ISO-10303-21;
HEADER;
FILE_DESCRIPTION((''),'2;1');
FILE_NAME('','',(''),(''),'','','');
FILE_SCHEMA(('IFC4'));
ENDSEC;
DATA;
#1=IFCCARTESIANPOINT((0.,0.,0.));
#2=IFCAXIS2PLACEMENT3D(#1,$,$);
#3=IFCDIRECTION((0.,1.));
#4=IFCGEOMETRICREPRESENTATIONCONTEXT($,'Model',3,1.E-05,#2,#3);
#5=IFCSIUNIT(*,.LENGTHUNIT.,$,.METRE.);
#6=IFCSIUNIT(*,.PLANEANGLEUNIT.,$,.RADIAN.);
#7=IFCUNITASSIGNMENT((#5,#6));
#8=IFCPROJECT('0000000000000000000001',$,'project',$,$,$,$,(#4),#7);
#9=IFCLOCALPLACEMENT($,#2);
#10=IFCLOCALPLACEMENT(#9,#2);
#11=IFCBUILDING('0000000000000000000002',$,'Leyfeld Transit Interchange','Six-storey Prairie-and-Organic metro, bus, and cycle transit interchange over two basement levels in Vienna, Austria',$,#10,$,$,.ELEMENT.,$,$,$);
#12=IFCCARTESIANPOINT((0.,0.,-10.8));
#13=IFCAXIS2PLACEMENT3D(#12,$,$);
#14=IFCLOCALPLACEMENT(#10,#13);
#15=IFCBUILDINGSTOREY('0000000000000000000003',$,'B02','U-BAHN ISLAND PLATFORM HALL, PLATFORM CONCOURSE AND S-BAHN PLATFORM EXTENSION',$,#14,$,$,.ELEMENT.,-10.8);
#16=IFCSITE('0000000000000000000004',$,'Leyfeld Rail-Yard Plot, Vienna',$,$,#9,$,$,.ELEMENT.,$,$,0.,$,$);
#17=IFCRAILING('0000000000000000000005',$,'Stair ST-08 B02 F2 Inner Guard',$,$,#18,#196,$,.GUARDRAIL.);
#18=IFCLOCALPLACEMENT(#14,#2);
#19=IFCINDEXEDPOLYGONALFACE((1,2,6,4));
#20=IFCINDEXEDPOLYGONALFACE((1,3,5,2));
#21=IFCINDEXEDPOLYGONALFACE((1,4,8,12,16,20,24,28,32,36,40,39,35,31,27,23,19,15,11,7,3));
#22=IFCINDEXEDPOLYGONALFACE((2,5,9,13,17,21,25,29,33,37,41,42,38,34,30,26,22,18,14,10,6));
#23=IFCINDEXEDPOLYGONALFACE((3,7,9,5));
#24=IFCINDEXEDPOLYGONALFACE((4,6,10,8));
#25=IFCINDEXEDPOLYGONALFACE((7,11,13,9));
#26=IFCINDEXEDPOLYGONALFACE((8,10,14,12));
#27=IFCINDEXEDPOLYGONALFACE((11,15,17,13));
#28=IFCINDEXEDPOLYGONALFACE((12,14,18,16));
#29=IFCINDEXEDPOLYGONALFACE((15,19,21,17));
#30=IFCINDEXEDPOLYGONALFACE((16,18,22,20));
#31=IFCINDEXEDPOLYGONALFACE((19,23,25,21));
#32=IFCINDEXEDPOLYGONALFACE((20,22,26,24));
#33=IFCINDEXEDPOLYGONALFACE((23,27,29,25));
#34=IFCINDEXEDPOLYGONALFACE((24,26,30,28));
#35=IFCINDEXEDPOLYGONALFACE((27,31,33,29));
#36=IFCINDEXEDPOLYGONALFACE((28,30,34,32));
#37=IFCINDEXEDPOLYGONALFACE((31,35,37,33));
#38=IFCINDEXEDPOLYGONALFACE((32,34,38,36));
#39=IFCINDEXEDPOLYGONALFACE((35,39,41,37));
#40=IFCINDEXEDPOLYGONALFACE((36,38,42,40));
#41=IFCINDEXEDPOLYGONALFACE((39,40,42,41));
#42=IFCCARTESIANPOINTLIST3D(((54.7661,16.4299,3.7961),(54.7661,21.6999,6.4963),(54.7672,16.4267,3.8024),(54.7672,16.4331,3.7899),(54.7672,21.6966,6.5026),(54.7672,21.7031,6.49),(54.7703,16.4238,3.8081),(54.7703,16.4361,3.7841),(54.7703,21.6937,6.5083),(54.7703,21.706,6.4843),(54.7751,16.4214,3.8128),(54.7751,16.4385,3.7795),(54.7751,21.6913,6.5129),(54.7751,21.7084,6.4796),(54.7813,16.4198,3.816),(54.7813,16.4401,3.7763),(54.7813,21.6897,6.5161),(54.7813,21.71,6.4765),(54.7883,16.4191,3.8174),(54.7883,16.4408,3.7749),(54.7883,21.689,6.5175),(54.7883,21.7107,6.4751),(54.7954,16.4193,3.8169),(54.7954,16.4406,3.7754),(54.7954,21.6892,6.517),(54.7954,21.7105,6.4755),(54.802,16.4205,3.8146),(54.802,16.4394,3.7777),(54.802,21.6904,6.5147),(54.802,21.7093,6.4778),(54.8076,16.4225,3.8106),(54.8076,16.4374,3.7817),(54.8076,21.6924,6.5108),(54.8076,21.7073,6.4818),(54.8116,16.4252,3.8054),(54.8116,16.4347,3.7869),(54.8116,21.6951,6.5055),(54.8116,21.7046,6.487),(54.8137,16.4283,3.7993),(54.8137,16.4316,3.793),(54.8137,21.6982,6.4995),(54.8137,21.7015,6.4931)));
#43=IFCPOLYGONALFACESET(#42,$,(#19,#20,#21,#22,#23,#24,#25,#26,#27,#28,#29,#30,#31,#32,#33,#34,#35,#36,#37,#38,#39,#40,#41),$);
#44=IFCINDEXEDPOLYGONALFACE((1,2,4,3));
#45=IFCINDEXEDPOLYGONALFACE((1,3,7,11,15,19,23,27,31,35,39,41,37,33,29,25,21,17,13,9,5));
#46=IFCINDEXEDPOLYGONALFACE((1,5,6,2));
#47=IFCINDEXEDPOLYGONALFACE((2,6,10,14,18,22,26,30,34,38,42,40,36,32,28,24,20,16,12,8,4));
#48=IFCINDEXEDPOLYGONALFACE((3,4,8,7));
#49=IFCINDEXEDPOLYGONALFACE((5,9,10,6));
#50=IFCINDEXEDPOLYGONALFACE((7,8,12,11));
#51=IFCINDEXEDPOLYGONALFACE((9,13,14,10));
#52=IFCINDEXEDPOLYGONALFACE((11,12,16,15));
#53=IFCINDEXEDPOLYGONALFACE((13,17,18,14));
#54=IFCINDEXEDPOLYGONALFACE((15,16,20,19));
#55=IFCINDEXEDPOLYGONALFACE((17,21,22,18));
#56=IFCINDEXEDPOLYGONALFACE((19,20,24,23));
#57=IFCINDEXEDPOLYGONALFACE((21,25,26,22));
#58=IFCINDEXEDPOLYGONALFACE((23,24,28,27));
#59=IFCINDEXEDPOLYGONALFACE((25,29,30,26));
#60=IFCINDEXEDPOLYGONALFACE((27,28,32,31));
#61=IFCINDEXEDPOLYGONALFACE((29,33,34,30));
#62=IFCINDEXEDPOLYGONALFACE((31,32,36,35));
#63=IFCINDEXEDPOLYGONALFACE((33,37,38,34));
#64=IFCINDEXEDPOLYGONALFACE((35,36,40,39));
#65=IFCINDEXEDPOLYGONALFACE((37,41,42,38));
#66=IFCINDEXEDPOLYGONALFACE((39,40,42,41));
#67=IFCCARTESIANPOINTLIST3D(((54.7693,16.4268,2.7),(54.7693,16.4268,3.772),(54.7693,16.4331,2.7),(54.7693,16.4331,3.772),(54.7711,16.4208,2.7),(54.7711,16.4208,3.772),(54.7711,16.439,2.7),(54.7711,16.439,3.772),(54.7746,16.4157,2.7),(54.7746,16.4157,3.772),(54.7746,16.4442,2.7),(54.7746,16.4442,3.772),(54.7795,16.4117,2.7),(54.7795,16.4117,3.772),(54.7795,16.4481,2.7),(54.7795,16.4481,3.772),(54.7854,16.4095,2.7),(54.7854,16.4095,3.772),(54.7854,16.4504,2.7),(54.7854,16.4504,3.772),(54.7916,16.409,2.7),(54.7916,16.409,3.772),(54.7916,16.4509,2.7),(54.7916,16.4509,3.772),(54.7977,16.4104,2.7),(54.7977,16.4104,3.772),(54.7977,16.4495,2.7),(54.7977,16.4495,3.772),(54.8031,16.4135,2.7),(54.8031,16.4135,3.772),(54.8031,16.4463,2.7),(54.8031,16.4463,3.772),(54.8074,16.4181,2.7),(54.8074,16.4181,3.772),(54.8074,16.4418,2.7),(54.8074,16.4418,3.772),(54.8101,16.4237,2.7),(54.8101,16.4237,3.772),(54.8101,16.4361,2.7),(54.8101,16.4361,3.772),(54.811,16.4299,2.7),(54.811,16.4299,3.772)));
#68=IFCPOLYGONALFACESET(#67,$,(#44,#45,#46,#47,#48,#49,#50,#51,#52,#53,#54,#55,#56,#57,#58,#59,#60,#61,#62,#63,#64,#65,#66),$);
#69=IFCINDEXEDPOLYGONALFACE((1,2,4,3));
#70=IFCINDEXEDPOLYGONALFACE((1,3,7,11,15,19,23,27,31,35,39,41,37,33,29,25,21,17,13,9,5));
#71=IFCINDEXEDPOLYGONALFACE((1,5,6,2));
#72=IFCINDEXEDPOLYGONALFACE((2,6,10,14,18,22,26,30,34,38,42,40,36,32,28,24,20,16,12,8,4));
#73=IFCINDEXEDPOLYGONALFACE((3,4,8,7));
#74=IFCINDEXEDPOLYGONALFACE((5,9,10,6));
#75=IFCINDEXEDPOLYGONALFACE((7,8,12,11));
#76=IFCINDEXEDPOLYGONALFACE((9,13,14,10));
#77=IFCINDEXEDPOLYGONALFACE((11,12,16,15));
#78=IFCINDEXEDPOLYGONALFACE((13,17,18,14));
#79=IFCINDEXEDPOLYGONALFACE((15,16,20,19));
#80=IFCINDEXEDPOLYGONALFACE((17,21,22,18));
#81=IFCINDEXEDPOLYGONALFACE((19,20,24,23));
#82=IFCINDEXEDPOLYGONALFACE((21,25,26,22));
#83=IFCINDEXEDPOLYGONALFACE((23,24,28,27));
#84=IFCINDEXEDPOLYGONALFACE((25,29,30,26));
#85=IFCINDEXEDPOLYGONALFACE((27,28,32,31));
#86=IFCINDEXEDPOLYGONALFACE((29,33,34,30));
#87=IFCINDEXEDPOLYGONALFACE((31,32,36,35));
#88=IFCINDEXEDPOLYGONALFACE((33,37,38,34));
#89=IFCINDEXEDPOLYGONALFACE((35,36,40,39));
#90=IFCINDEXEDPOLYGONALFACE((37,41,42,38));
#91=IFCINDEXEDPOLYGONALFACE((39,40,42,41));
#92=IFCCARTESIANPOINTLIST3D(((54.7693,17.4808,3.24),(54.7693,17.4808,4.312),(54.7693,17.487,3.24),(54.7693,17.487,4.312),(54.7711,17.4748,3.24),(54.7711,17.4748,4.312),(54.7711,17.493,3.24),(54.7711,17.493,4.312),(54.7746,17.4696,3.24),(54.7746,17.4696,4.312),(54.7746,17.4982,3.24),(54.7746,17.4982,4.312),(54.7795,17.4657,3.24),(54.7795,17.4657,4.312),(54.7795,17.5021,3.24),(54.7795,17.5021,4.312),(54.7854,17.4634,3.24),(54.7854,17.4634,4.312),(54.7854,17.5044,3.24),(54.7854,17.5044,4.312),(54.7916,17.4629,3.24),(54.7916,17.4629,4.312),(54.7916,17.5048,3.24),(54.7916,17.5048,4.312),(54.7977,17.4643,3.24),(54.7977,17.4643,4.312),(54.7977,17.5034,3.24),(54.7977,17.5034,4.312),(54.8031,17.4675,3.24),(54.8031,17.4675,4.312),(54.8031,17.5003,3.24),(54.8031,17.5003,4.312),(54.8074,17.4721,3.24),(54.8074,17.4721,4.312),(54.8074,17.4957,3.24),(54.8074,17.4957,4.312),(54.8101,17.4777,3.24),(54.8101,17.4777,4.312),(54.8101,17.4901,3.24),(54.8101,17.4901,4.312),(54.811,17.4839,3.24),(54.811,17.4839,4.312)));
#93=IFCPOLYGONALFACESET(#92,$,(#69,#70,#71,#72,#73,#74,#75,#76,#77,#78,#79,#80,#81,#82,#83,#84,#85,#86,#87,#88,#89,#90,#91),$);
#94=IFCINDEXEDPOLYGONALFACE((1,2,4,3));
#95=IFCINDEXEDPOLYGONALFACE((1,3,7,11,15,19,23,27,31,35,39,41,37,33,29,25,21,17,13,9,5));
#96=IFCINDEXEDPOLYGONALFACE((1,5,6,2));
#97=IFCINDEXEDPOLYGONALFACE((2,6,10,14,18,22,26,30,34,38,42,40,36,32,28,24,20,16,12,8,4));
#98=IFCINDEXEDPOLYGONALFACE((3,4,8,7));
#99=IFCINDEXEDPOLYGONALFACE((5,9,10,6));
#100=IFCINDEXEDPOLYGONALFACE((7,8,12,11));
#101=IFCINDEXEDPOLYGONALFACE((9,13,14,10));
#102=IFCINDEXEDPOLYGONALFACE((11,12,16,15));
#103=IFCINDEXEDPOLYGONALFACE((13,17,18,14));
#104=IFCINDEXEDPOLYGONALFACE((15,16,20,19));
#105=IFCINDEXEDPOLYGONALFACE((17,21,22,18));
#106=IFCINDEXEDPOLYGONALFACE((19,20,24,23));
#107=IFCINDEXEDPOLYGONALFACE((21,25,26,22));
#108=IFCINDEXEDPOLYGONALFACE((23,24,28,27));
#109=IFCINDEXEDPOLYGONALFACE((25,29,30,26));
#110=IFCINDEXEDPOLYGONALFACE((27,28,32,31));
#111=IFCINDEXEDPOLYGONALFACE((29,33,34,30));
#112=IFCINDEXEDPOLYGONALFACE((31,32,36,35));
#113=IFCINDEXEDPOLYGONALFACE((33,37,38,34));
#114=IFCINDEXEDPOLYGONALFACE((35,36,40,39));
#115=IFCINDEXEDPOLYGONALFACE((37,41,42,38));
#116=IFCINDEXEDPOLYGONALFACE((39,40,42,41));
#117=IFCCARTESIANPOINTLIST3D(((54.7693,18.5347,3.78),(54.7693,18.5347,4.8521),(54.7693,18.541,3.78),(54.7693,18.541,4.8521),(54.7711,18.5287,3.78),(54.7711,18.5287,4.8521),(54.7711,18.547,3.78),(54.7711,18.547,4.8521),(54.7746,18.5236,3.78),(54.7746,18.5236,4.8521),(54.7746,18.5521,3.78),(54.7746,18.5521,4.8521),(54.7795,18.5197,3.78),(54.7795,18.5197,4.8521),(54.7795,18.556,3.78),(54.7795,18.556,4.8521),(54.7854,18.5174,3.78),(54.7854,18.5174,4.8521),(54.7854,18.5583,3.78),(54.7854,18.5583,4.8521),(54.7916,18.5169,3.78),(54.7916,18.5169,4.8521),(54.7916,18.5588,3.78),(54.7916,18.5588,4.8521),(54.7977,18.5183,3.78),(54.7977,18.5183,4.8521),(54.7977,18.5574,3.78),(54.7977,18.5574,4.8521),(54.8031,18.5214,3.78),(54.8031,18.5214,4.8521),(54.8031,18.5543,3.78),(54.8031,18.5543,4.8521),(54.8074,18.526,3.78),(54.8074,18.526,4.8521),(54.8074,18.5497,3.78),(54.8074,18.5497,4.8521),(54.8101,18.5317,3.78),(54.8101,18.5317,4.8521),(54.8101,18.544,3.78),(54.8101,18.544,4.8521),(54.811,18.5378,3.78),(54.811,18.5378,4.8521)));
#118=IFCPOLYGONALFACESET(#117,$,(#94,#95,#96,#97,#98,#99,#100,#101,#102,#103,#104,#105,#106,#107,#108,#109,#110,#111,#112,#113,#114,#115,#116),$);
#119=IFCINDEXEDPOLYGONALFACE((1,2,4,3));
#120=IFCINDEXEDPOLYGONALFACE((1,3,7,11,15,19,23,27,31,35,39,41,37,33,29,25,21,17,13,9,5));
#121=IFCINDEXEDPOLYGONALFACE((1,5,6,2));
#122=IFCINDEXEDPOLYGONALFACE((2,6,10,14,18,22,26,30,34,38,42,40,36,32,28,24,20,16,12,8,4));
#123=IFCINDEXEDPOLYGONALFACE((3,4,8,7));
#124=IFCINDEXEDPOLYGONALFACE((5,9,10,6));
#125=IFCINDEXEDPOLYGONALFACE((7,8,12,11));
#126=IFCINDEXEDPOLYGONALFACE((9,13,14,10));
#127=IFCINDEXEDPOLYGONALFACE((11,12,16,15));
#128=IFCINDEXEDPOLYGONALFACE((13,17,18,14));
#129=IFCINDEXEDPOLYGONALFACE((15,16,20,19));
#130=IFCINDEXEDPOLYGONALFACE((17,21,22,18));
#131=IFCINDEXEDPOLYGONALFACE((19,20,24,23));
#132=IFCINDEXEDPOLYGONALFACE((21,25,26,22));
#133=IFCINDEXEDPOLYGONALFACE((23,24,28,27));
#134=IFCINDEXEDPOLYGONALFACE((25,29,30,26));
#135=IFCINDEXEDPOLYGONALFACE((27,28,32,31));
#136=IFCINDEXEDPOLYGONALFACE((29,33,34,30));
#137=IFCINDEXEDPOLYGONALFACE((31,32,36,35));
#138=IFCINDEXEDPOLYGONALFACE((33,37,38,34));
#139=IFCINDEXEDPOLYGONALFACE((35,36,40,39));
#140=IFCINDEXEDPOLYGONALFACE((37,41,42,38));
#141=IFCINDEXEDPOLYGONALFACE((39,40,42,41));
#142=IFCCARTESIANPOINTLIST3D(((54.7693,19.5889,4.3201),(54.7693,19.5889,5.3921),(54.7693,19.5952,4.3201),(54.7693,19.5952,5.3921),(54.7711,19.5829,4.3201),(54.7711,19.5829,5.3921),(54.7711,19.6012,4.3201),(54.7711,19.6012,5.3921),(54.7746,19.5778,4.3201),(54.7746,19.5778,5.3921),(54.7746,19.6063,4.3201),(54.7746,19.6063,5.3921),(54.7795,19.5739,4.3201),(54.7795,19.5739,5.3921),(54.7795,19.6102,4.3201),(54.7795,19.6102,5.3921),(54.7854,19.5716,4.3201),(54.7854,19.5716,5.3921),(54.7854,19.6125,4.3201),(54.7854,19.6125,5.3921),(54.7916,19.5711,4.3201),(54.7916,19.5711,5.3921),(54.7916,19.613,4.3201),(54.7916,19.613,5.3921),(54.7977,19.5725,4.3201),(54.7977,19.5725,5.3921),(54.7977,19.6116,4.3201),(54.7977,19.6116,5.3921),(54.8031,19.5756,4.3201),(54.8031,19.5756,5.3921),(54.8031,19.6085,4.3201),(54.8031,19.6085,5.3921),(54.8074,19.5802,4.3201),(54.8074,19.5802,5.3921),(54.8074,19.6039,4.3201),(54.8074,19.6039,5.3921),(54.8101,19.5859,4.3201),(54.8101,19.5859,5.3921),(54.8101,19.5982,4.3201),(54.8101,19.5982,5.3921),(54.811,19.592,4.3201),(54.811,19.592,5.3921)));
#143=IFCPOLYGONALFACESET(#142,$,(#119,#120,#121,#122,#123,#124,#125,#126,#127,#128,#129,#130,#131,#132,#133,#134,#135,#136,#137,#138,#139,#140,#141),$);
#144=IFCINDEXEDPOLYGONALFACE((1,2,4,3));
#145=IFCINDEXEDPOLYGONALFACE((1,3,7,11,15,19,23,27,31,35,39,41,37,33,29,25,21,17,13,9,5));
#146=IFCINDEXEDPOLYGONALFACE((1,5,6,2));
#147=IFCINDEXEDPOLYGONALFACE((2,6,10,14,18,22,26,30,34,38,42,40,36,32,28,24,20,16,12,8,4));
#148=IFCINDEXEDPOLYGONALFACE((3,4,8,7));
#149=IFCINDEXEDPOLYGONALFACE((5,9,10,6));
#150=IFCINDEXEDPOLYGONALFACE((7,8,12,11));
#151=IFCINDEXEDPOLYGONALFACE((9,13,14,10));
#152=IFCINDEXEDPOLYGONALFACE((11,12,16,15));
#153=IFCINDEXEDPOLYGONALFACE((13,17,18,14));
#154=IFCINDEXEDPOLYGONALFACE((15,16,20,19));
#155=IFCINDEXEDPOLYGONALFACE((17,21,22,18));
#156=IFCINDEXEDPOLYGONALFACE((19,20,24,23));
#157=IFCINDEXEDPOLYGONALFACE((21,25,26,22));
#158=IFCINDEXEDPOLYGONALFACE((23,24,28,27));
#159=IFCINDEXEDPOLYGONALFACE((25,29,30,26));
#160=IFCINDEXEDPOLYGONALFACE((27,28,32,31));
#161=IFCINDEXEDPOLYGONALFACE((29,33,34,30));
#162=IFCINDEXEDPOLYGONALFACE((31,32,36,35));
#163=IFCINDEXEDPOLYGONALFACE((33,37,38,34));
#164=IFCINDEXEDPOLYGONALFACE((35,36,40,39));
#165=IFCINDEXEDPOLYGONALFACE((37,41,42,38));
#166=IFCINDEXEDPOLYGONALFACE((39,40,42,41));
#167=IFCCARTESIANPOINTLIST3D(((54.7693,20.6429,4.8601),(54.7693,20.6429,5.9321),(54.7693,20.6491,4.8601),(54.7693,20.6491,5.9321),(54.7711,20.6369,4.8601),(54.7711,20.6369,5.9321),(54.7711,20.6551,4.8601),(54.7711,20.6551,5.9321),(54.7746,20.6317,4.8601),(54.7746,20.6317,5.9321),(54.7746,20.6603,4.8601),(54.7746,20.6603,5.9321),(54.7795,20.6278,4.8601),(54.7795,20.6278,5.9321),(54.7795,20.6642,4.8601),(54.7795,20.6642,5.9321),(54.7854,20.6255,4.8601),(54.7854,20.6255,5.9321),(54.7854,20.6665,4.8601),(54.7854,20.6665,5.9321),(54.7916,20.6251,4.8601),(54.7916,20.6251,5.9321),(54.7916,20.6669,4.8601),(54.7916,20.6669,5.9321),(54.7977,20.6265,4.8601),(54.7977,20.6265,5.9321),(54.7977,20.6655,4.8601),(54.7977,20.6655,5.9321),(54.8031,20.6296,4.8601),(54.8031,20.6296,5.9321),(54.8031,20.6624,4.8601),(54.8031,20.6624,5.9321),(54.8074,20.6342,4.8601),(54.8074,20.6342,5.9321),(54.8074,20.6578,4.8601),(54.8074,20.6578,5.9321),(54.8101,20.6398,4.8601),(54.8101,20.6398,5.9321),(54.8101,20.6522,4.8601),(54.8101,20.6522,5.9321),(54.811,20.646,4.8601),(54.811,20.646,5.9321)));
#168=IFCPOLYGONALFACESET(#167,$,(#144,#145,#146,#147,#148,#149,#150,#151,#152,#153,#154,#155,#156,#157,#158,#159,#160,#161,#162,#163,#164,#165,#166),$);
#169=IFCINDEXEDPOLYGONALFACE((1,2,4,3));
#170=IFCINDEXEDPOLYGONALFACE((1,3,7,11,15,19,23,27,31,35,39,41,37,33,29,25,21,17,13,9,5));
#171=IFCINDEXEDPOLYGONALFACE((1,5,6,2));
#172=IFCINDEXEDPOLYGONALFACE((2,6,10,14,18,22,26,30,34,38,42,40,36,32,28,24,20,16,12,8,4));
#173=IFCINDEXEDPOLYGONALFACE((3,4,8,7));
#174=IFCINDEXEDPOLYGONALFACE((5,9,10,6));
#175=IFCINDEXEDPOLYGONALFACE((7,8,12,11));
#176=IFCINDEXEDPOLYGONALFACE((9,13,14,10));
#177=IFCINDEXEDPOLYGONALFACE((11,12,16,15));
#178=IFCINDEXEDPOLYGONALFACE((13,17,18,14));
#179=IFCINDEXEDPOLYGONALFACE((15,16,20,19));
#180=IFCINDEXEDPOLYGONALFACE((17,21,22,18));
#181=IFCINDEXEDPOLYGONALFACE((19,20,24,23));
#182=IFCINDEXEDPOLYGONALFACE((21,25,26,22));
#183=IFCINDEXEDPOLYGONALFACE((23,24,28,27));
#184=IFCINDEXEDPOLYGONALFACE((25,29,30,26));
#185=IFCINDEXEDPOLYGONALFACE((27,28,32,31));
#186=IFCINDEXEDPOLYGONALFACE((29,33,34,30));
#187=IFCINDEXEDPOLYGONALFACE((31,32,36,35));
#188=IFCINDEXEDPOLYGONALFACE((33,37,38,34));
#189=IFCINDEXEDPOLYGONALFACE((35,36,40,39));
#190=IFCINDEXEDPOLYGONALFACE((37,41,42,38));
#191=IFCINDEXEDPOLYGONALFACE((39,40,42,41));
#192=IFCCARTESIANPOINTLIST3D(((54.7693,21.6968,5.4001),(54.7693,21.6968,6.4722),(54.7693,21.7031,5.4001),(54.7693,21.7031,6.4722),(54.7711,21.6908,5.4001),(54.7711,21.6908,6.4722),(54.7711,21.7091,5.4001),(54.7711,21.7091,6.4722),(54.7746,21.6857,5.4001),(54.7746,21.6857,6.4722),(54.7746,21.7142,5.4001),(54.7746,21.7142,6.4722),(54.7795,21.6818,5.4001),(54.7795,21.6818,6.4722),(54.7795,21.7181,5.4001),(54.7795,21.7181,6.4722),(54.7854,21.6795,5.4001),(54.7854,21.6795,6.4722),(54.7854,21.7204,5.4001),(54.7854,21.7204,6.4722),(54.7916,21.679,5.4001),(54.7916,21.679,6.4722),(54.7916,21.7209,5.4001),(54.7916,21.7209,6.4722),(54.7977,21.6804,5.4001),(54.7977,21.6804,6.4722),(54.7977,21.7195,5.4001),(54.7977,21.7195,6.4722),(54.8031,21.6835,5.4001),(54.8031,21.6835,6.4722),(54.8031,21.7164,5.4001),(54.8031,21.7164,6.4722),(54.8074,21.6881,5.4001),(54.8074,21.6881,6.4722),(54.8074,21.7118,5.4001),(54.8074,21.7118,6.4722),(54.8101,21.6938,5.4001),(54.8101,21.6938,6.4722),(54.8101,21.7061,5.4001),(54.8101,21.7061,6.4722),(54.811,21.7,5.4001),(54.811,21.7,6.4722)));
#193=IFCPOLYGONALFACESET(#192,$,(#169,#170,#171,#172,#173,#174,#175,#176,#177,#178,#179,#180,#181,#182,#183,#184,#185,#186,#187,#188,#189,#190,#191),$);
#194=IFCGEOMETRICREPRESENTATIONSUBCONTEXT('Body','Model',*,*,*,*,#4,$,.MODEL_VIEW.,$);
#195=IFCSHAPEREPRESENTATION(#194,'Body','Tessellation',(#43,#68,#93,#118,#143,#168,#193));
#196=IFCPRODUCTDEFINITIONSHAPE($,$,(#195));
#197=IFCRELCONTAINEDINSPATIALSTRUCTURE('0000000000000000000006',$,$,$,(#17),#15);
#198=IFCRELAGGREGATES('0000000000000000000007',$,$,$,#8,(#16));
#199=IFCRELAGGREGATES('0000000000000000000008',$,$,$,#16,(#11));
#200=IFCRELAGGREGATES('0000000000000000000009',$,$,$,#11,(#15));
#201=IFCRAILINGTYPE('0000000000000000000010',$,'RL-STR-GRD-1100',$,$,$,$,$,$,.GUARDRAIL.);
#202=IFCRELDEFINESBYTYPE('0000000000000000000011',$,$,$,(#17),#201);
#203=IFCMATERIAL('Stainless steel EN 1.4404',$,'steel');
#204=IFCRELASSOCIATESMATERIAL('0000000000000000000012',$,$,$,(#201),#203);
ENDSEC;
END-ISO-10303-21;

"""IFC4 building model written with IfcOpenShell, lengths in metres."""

from ifc_helpers import new_model, si_unit, direction, frame, origin, origin_2d, place, context, subcontext, project, spatial, circle, extrude, material, type_object, element, save


model = new_model("IFC4")

# Units and contexts
model_context = context("Model", 3, precision=1e-05, world=origin(), true_north=direction((0.0, 1.0)))
body_context = subcontext(model_context, "Body", "Model", "MODEL_VIEW")
ifc_project = project(units=[si_unit("LENGTHUNIT", "METRE"), si_unit("PLANEANGLEUNIT", "RADIAN")], contexts=[model_context])

# Site, building, storey
site_placement = place(None, origin())
site = spatial("IfcSite", under=ifc_project, at=site_placement, Name="Leyfeld Rail-Yard Plot, Vienna", CompositionType="ELEMENT", RefElevation=0.0)
building_placement = place(site_placement, origin())
building = spatial("IfcBuilding", under=site, at=building_placement, Name="Leyfeld Transit Interchange", Description="Six-storey Prairie-and-Organic metro, bus, and cycle transit interchange over two basement levels in Vienna, Austria", CompositionType="ELEMENT")
storey_placement = place(building_placement, frame((0.0, 0.0, -10.8)))
storey = spatial("IfcBuildingStorey", under=building, at=storey_placement, Name="B02", Description="U-BAHN ISLAND PLATFORM HALL, PLATFORM CONCOURSE AND S-BAHN PLATFORM EXTENSION", CompositionType="ELEMENT", Elevation=-10.8)

# Railing
ifc_material_1 = material(Name="Stainless steel EN 1.4404", Category="steel")
railing_type_1 = type_object("IfcRailingType", Name="RL-STR-GRD-1100", PredefinedType="GUARDRAIL", material=ifc_material_1)
for number, where, name in (
    (1, (54.79, 16.4299, 2.7), "Stair ST-08 B02 F2 Inner Guard"),
):
    element("IfcRailing", number, at=place(storey_placement, frame(where)), inside=storey, type_object=railing_type_1, Name=name, PredefinedType="GUARDRAIL", context=body_context, shape_type="SweptSolid", body=[
        extrude(circle(Radius=0.0239, at=origin_2d()), frame((0.0, 0.0, 1.0962), z_axis=(0.0, 0.889981, 0.455999), x_axis=(-1.0, 0.0, 0.0)), (0.0, 0.0, 1.0), 5.9214),
        extrude(circle(Radius=0.021, at=origin_2d()), origin(), (0.0, 0.0, 1.0), 1.072),
        extrude(circle(Radius=0.021, at=origin_2d()), frame((0.0, 1.054, 0.54)), (0.0, 0.0, 1.0), 1.072),
        extrude(circle(Radius=0.021, at=origin_2d()), frame((0.0, 2.1079, 1.0801)), (0.0, 0.0, 1.0), 1.072),
        extrude(circle(Radius=0.021, at=origin_2d()), frame((0.0, 3.1621, 1.6201)), (0.0, 0.0, 1.0), 1.072),
        extrude(circle(Radius=0.021, at=origin_2d()), frame((0.0, 4.2161, 2.1602)), (0.0, 0.0, 1.0), 1.072),
        extrude(circle(Radius=0.021, at=origin_2d()), frame((0.0, 5.27, 2.7002)), (0.0, 0.0, 1.0), 1.072),
    ])

save(model, "model.ifc")
